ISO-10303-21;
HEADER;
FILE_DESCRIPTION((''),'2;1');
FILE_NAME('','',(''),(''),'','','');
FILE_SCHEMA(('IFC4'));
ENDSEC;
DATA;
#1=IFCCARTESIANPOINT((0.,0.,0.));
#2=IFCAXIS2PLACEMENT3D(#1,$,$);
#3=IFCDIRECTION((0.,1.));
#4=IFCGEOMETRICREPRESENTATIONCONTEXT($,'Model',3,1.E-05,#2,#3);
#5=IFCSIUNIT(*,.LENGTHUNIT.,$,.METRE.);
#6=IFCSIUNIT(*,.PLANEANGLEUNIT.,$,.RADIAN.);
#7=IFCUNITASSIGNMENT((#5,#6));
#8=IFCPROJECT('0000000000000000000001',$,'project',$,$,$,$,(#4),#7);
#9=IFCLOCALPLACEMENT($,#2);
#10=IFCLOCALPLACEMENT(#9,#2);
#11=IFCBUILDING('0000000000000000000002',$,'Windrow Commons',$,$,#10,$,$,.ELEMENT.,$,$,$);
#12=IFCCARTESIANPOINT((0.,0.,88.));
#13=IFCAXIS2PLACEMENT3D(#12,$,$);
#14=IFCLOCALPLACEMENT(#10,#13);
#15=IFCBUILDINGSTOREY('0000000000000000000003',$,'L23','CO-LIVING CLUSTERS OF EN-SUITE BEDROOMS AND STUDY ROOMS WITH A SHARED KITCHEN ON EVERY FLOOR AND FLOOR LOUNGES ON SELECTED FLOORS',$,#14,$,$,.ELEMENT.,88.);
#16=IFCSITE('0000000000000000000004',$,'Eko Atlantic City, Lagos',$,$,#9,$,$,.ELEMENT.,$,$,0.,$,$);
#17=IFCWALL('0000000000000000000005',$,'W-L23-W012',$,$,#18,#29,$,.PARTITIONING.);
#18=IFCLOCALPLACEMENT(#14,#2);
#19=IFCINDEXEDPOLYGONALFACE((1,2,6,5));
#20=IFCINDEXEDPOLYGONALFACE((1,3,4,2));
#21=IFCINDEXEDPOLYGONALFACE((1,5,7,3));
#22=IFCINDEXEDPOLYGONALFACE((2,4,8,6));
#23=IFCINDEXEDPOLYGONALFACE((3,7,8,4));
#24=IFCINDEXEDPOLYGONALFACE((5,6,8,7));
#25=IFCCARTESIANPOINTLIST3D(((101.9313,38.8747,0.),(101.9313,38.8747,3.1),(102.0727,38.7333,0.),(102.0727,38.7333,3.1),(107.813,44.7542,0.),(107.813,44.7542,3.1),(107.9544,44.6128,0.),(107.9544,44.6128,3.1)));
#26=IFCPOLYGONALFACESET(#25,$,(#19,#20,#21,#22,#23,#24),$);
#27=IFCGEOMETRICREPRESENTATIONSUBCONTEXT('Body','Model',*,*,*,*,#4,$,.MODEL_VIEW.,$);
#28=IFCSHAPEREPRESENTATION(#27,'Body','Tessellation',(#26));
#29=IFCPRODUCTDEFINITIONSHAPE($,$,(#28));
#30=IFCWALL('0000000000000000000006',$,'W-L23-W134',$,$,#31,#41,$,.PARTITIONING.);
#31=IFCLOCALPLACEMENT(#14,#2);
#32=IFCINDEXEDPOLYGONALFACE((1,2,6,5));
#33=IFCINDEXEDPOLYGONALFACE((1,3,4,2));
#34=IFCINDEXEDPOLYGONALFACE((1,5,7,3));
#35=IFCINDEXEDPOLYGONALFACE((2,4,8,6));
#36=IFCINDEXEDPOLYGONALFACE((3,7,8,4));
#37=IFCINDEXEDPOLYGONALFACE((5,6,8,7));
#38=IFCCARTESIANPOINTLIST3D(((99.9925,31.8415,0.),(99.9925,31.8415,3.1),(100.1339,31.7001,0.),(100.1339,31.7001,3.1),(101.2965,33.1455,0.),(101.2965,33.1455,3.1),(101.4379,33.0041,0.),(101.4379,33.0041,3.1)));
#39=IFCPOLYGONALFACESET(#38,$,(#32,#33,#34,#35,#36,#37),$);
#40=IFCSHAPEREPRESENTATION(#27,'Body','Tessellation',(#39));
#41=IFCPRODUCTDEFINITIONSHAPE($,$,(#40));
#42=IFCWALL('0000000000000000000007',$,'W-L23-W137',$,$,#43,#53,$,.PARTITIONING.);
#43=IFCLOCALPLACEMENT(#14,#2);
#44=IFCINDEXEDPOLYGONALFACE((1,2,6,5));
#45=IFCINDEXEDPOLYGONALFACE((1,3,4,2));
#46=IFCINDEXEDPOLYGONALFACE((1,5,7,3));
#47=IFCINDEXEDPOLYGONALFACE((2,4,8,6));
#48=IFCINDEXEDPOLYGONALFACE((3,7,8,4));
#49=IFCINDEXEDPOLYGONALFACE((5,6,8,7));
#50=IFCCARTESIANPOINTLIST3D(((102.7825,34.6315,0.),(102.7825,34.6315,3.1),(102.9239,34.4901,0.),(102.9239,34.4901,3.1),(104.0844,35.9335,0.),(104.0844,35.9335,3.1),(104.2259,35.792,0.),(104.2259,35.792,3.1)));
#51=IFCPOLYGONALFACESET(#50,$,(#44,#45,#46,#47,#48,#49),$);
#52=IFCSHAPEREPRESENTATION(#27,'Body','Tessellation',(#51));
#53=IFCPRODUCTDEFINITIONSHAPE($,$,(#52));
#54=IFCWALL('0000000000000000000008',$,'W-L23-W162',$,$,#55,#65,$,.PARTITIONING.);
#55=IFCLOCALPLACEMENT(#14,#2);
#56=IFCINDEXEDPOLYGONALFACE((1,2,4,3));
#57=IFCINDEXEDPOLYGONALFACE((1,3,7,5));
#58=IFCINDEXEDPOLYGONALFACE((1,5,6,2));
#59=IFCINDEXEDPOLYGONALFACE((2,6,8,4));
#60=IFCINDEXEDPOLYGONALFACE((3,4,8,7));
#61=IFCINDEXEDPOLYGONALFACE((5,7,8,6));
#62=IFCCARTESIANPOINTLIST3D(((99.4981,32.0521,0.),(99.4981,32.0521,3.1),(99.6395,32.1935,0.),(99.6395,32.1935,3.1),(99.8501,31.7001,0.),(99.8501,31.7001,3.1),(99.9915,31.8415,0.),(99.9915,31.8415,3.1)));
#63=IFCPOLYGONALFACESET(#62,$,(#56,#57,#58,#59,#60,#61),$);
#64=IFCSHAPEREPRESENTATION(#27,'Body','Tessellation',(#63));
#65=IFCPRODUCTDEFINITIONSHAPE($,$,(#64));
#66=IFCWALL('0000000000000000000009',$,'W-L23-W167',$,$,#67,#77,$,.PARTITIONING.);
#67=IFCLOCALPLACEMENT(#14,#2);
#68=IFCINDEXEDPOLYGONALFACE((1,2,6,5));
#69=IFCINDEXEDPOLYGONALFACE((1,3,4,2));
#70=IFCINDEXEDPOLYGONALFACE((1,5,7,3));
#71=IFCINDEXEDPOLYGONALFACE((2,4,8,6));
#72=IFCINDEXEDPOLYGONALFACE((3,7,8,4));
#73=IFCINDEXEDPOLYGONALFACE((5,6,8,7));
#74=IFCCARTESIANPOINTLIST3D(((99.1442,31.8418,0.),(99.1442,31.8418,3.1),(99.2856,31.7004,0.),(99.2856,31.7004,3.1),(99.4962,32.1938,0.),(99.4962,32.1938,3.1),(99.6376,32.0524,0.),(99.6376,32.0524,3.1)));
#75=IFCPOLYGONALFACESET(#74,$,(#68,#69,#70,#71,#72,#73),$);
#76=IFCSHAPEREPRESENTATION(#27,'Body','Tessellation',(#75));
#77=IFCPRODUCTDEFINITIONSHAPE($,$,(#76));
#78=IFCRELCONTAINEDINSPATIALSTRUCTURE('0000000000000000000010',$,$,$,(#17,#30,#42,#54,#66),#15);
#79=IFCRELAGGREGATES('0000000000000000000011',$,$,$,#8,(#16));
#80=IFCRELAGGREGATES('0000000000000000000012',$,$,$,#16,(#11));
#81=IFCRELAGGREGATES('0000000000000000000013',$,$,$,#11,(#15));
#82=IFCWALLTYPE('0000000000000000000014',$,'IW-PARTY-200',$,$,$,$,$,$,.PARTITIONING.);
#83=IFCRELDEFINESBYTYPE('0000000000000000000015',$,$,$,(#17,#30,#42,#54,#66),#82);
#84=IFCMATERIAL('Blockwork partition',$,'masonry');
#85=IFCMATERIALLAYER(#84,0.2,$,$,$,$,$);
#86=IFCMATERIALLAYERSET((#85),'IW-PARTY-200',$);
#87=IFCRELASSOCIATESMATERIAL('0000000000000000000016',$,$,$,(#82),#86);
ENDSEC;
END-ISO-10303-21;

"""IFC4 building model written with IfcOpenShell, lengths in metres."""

from ifc_helpers import new_model, si_unit, direction, frame, frame_2d, origin, place, context, subcontext, project, spatial, rectangle, extrude, material, layer, layer_set, type_object, element, save


model = new_model("IFC4")

# Units and contexts
model_context = context("Model", 3, precision=1e-05, world=origin(), true_north=direction((0.0, 1.0)))
body_context = subcontext(model_context, "Body", "Model", "MODEL_VIEW")
ifc_project = project(units=[si_unit("LENGTHUNIT", "METRE"), si_unit("PLANEANGLEUNIT", "RADIAN")], contexts=[model_context])

# Site, building, storey
site_placement = place(None, origin())
site = spatial("IfcSite", under=ifc_project, at=site_placement, Name="Eko Atlantic City, Lagos", CompositionType="ELEMENT", RefElevation=0.0)
building_placement = place(site_placement, origin())
building = spatial("IfcBuilding", under=site, at=building_placement, Name="Windrow Commons", CompositionType="ELEMENT")
storey_placement = place(building_placement, frame((0.0, 0.0, 88.0)))
storey = spatial("IfcBuildingStorey", under=building, at=storey_placement, Name="L23", Description="CO-LIVING CLUSTERS OF EN-SUITE BEDROOMS AND STUDY ROOMS WITH A SHARED KITCHEN ON EVERY FLOOR AND FLOOR LOUNGES ON SELECTED FLOORS", CompositionType="ELEMENT", Elevation=88.0)

# Walls
ifc_material_1 = material(Name="Blockwork partition", Category="masonry")
ifc_layer_1 = layer(ifc_material_1, 0.2)
ifc_layer_set_1 = layer_set([ifc_layer_1], Name="IW-PARTY-200")
wall_type_1 = type_object("IfcWallType", Name="IW-PARTY-200", PredefinedType="PARTITIONING", material=ifc_layer_set_1)
wall_1_placement = place(storey_placement, frame((102.002, 38.804, 0.0), z_axis=(0.0, 0.0, 1.0), x_axis=(0.707239, 0.706975, 0.0)))
element("IfcWall", 1, at=wall_1_placement, inside=storey, type_object=wall_type_1, Name="W-L23-W012", PredefinedType="PARTITIONING", context=body_context, shape_type="SweptSolid", body=[
    extrude(rectangle(XDim=8.3164, YDim=0.2, at=frame_2d((4.1582, 0.0))), origin(), (0.0, 0.0, 1.0), 3.1),
])
wall_2_placement = place(storey_placement, frame((100.0632, 31.7708, 0.0), z_axis=(0.0, 0.0, 1.0), x_axis=(0.707107, 0.707107, 0.0)))
element("IfcWall", 2, at=wall_2_placement, inside=storey, type_object=wall_type_1, Name="W-L23-W134", PredefinedType="PARTITIONING", context=body_context, shape_type="SweptSolid", body=[
    extrude(rectangle(XDim=1.8441, YDim=0.2, at=frame_2d((0.9221, 0.0))), origin(), (0.0, 0.0, 1.0), 3.1),
])
wall_3_placement = place(storey_placement, frame((102.8532, 34.5608, 0.0), z_axis=(0.0, 0.0, 1.0), x_axis=(0.707107, 0.707107, 0.0)))
element("IfcWall", 3, at=wall_3_placement, inside=storey, type_object=wall_type_1, Name="W-L23-W137", PredefinedType="PARTITIONING", context=body_context, shape_type="SweptSolid", body=[
    extrude(rectangle(XDim=1.8413, YDim=0.2, at=frame_2d((0.9206, 0.0))), origin(), (0.0, 0.0, 1.0), 3.1),
])
for number, where, z_axis, x_axis, name in (
    (4, (99.5688, 32.1228, 0.0), (0.0, 0.0, 1.0), (0.707107, -0.707107, 0.0), "W-L23-W162"),
    (5, (99.2149, 31.7711, 0.0), (0.0, 0.0, 1.0), (0.707107, 0.707107, 0.0), "W-L23-W167"),
):
    element("IfcWall", number, at=place(storey_placement, frame(where, z_axis=z_axis, x_axis=x_axis)), inside=storey, type_object=wall_type_1, Name=name, PredefinedType="PARTITIONING", context=body_context, shape_type="SweptSolid", body=[
        extrude(rectangle(XDim=0.4978, YDim=0.2, at=frame_2d((0.2489, 0.0))), origin(), (0.0, 0.0, 1.0), 3.1),
    ])

save(model, "model.ifc")
